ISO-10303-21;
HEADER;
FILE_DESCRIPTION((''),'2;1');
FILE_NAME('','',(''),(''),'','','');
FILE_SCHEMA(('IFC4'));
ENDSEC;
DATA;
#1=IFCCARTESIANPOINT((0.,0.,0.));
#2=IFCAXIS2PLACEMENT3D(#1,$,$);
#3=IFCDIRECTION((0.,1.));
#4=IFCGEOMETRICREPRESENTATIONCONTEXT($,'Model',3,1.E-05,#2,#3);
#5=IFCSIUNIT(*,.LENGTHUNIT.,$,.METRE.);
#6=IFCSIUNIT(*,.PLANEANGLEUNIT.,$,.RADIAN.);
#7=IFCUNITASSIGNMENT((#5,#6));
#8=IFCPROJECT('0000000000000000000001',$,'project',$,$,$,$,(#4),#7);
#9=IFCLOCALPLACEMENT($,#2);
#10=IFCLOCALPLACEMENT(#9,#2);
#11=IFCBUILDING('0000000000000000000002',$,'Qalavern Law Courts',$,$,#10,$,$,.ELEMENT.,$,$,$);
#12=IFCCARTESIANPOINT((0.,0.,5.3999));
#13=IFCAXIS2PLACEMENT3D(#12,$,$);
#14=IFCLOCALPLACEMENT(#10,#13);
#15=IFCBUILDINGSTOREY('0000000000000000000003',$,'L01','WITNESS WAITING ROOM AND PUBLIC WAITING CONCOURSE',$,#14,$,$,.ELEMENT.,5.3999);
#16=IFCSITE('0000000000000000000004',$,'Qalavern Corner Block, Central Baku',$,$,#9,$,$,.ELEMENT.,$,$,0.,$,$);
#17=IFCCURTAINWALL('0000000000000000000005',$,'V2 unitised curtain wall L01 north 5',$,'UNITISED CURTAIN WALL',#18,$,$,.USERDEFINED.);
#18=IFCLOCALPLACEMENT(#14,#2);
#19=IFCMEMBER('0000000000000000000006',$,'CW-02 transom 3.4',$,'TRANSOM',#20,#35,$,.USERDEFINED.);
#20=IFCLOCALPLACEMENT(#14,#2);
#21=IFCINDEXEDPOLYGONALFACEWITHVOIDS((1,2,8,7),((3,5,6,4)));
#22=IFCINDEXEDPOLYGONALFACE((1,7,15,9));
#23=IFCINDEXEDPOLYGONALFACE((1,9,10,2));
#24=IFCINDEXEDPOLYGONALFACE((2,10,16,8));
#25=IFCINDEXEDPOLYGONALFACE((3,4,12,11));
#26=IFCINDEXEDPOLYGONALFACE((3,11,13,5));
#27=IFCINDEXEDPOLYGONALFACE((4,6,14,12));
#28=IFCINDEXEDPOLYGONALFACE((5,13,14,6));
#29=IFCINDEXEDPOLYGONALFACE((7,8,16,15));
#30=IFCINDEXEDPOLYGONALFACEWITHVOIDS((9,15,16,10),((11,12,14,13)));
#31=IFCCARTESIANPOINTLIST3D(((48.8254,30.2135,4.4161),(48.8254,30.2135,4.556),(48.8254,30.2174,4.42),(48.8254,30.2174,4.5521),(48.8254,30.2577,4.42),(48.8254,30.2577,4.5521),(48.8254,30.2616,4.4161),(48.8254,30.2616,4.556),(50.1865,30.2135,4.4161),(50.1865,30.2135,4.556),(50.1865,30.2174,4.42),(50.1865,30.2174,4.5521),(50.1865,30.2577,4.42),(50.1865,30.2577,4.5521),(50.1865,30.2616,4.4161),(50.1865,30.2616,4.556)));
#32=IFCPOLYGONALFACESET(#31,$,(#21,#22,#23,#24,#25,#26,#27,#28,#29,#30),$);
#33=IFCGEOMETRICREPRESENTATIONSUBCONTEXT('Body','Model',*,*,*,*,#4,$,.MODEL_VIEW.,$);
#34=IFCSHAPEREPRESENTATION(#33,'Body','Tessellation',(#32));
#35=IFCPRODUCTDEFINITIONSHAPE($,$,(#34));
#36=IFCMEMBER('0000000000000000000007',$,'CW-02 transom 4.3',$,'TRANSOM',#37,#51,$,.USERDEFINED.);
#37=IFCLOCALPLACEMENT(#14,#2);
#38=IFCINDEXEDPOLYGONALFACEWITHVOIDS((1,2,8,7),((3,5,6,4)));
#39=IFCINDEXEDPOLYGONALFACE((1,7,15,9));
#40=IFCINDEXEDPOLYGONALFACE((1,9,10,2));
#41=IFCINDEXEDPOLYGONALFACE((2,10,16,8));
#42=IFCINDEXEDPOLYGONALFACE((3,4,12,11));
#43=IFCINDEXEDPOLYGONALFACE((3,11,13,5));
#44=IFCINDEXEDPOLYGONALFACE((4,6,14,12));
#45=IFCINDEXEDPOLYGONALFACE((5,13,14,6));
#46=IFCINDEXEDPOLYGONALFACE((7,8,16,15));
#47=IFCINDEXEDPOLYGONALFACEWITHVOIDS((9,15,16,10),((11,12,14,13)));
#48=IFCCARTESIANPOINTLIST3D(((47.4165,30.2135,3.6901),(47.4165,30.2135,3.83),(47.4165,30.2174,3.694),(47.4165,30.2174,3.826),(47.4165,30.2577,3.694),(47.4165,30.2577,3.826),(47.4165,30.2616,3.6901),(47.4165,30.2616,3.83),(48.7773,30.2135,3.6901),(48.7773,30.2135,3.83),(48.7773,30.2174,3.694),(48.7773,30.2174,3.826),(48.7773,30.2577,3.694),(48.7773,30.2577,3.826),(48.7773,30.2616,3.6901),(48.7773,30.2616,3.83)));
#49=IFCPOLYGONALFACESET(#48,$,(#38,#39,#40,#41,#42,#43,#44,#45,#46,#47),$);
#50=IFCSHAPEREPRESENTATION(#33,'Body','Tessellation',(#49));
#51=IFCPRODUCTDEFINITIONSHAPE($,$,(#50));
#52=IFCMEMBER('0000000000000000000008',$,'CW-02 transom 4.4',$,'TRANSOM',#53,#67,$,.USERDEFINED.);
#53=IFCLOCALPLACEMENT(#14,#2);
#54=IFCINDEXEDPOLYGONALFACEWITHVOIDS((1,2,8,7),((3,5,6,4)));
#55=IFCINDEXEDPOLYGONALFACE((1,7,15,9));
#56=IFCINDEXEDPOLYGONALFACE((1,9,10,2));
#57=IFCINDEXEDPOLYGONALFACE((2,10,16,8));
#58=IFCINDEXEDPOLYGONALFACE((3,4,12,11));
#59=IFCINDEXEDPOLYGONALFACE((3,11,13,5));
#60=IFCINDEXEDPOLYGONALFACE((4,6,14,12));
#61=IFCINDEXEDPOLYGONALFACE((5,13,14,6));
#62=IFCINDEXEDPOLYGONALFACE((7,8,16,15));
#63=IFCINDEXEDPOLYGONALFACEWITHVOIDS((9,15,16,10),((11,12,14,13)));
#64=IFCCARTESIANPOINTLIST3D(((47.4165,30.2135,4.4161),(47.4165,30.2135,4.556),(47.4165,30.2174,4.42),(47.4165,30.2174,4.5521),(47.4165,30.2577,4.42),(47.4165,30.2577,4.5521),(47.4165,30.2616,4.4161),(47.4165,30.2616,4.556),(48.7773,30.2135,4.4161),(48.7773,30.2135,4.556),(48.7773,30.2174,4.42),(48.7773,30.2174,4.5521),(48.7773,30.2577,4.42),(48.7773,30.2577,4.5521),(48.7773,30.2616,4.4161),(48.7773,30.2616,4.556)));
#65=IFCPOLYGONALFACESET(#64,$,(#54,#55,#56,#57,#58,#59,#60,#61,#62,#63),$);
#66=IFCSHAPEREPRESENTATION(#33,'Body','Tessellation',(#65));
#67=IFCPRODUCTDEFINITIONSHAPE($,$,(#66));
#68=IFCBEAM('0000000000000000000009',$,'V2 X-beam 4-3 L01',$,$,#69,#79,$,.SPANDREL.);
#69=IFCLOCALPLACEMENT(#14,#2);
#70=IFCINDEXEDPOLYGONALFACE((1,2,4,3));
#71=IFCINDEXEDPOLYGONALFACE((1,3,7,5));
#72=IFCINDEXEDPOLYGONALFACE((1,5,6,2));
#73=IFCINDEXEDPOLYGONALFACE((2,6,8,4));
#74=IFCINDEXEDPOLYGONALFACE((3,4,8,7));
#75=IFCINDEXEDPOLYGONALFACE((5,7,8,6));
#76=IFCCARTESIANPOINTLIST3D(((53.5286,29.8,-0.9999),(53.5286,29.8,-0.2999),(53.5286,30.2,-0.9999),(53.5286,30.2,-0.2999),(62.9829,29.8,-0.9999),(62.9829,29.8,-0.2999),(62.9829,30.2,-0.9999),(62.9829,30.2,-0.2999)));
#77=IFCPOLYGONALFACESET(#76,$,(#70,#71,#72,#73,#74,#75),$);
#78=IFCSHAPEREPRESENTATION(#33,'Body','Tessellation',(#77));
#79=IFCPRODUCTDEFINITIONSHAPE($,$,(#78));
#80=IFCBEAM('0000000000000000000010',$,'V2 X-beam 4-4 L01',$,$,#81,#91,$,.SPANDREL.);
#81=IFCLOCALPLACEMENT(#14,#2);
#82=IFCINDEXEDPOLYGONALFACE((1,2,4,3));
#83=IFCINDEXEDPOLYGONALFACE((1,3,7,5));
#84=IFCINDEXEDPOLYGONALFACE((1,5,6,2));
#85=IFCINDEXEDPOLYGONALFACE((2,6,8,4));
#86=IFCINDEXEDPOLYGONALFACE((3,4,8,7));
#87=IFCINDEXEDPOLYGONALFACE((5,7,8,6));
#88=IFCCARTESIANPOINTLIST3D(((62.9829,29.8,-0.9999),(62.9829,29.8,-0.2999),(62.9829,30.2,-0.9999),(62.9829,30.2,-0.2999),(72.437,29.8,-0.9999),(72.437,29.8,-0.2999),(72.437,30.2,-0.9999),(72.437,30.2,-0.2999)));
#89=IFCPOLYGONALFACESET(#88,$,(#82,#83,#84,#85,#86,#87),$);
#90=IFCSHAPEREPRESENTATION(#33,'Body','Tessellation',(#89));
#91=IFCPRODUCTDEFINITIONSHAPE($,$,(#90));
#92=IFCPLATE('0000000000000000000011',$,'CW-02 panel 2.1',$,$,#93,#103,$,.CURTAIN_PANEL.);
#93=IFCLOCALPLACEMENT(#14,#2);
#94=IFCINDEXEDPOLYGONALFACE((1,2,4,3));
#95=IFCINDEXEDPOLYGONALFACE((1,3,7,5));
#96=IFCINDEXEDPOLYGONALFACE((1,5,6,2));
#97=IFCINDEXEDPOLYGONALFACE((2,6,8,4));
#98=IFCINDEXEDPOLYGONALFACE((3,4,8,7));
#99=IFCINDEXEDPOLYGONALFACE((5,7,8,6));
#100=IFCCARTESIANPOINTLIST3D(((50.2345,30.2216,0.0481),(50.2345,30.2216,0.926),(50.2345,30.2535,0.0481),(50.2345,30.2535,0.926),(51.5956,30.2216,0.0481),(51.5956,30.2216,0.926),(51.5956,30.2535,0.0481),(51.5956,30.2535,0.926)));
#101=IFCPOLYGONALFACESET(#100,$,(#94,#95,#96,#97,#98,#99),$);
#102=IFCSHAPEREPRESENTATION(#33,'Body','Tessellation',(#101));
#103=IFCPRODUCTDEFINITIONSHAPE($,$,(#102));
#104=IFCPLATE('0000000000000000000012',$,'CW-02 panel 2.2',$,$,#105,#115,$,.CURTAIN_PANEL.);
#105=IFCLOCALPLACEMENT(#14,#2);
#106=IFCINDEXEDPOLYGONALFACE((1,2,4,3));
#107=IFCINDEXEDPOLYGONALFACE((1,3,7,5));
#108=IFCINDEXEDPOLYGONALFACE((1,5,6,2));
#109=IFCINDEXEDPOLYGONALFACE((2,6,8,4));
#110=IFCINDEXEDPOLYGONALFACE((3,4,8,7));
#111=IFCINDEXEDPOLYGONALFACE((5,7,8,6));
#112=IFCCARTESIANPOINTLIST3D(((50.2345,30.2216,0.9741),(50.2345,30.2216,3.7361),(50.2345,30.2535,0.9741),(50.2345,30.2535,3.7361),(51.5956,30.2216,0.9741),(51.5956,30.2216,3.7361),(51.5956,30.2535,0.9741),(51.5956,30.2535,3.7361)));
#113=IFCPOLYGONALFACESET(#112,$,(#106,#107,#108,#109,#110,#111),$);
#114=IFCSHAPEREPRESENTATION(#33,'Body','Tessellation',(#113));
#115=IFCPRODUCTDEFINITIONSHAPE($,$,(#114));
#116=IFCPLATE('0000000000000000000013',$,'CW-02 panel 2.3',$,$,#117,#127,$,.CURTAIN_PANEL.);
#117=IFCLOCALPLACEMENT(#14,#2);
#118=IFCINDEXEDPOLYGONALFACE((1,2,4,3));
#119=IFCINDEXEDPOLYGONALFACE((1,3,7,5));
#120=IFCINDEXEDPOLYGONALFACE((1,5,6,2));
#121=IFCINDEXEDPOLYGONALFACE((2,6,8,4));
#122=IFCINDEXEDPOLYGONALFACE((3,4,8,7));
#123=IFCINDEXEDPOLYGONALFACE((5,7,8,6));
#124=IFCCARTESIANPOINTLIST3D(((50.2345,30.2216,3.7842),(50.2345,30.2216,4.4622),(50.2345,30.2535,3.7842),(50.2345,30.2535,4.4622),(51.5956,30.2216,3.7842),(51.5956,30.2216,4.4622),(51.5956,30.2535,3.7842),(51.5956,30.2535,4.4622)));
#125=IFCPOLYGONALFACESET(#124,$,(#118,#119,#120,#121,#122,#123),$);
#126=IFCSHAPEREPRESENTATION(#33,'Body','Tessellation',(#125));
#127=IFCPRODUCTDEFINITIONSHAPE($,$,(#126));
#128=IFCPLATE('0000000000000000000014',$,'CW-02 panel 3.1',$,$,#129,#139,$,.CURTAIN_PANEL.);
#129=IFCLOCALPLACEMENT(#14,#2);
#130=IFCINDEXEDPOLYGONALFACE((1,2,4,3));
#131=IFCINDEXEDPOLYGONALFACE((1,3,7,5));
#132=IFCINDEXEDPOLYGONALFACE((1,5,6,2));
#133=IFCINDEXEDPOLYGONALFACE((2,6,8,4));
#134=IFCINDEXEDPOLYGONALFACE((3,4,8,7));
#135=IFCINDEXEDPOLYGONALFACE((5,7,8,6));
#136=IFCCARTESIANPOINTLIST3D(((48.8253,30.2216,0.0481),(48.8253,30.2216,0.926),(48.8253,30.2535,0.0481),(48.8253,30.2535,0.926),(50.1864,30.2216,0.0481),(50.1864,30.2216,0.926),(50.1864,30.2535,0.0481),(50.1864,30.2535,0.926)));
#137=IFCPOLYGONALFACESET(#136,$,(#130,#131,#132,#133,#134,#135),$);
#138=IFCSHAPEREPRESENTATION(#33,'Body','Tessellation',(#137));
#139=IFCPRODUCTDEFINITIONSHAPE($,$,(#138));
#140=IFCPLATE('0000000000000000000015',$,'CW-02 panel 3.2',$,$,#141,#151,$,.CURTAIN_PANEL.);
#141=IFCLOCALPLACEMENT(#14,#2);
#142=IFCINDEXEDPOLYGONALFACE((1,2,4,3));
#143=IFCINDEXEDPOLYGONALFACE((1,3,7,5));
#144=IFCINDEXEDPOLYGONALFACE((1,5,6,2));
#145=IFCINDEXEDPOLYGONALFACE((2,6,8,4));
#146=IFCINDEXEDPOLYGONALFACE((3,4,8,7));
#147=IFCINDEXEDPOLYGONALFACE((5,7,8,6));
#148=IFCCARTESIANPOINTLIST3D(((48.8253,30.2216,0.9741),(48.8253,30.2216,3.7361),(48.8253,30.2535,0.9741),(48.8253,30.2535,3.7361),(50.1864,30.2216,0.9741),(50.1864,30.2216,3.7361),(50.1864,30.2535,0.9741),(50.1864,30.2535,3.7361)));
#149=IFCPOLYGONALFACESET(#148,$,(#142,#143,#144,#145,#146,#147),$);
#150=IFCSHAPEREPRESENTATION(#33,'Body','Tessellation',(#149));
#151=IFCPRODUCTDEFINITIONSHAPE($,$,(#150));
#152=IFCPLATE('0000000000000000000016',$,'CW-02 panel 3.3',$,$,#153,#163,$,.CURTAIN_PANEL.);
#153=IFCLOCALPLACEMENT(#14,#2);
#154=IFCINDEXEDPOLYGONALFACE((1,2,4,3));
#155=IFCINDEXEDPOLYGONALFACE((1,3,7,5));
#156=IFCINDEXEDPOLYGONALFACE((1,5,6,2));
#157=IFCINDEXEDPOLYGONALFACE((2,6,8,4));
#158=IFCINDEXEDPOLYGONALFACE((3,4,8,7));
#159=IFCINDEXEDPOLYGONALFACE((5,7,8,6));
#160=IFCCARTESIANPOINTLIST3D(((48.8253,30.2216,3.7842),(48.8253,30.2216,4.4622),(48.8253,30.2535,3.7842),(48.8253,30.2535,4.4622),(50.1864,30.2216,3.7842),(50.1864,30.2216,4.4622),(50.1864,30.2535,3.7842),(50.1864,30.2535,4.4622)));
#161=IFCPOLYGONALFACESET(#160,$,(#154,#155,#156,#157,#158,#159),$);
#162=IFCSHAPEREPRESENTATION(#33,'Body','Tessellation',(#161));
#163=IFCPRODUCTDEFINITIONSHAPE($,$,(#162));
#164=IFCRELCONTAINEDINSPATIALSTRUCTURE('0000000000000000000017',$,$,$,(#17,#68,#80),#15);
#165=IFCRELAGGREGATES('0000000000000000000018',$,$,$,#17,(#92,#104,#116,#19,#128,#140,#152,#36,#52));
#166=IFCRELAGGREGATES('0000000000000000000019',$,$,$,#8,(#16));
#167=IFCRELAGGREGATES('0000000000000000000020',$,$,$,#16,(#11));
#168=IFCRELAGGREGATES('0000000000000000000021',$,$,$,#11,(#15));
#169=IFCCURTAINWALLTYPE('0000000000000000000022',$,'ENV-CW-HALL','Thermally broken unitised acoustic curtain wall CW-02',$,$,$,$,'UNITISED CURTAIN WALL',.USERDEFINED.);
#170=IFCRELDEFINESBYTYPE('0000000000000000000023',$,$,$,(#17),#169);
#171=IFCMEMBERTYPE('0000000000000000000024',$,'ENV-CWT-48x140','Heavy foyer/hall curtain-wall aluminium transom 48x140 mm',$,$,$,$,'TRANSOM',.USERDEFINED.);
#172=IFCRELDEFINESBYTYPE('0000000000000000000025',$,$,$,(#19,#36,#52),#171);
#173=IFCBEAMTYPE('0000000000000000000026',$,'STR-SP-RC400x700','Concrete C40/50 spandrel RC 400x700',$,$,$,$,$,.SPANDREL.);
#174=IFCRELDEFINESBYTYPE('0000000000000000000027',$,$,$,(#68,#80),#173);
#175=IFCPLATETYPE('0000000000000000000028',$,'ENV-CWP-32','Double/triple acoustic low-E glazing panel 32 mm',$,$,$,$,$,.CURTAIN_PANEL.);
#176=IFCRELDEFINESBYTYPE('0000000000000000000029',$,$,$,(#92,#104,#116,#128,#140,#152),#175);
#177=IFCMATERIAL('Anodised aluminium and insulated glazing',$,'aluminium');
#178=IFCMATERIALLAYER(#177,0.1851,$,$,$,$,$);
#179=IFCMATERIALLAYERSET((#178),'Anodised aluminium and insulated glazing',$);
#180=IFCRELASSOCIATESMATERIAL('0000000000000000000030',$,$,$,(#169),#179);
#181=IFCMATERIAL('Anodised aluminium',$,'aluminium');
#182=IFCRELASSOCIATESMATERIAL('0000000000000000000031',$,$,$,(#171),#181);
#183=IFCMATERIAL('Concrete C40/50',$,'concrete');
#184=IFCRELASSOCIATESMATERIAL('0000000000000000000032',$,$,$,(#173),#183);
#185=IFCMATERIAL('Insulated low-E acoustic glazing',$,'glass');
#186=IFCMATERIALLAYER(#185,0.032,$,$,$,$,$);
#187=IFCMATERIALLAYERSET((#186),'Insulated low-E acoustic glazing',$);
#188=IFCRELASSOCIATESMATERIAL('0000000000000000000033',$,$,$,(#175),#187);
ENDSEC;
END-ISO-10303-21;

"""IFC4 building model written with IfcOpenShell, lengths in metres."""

from ifc_helpers import new_model, si_unit, direction, frame, origin, origin_2d, place, context, subcontext, project, spatial, rectangle, hollow_rectangle, extrude, material, layer, layer_set, material_profile, profile_set, type_object, element, aggregate, save


model = new_model("IFC4")

# Units and contexts
model_context = context("Model", 3, precision=1e-05, world=origin(), true_north=direction((0.0, 1.0)))
body_context = subcontext(model_context, "Body", "Model", "MODEL_VIEW")
ifc_project = project(units=[si_unit("LENGTHUNIT", "METRE"), si_unit("PLANEANGLEUNIT", "RADIAN")], contexts=[model_context])

# Site, building, storey
site_placement = place(None, origin())
site = spatial("IfcSite", under=ifc_project, at=site_placement, Name="Qalavern Corner Block, Central Baku", CompositionType="ELEMENT", RefElevation=0.0)
building_placement = place(site_placement, origin())
building = spatial("IfcBuilding", under=site, at=building_placement, Name="Qalavern Law Courts", CompositionType="ELEMENT")
storey_placement = place(building_placement, frame((0.0, 0.0, 5.3999)))
storey = spatial("IfcBuildingStorey", under=building, at=storey_placement, Name="L01", Description="WITNESS WAITING ROOM AND PUBLIC WAITING CONCOURSE", CompositionType="ELEMENT", Elevation=5.3999)

# Curtain wall, members
ifc_material_1 = material(Name="Anodised aluminium and insulated glazing", Category="aluminium")
ifc_layer_1 = layer(ifc_material_1, 0.1851)
ifc_layer_set_1 = layer_set([ifc_layer_1], Name="Anodised aluminium and insulated glazing")
curtain_wall_type = type_object("IfcCurtainWallType", Name="ENV-CW-HALL", Description="Thermally broken unitised acoustic curtain wall CW-02", ElementType="UNITISED CURTAIN WALL", PredefinedType="USERDEFINED", material=ifc_layer_set_1)
curtain_wall_placement = place(storey_placement, origin())
curtain_wall = element("IfcCurtainWall", 1, at=curtain_wall_placement, inside=storey, type_object=curtain_wall_type, Name="V2 unitised curtain wall L01 north 5", ObjectType="UNITISED CURTAIN WALL", PredefinedType="USERDEFINED")
ifc_material_2 = material(Name="Anodised aluminium", Category="aluminium")
ifc_material_profile_1 = material_profile(ifc_material_2, hollow_rectangle(XDim=0.0481, YDim=0.1399, WallThickness=0.0039, at=origin_2d()), Name="ALU TRANSOM 48x140")
ifc_profile_set_1 = profile_set([ifc_material_profile_1], Name="Anodised aluminium")
member_type_1 = type_object("IfcMemberType", Name="ENV-CWT-48x140", Description="Heavy foyer/hall curtain-wall aluminium transom 48x140 mm", ElementType="TRANSOM", PredefinedType="USERDEFINED", material=ifc_profile_set_1)
member_1_placement = place(storey_placement, frame((50.1865, 30.2375, 4.4861), z_axis=(-1.0, 0.0, 0.0), x_axis=(0.0, -1.0, 0.0)))
member_1 = element("IfcMember", 2, at=member_1_placement, type_object=member_type_1, Name="CW-02 transom 3.4", ObjectType="TRANSOM", PredefinedType="USERDEFINED", context=body_context, shape_type="SweptSolid", body=[
    extrude(hollow_rectangle(XDim=0.0481, YDim=0.1399, WallThickness=0.0039, at=origin_2d()), origin(), (0.0, 0.0, 1.0), 1.3611),
])
member_2_placement = place(storey_placement, frame((48.7773, 30.2375, 3.76), z_axis=(-1.0, 0.0, 0.0), x_axis=(0.0, -1.0, 0.0)))
member_2 = element("IfcMember", 3, at=member_2_placement, type_object=member_type_1, Name="CW-02 transom 4.3", ObjectType="TRANSOM", PredefinedType="USERDEFINED", context=body_context, shape_type="SweptSolid", body=[
    extrude(hollow_rectangle(XDim=0.0481, YDim=0.1399, WallThickness=0.0039, at=origin_2d()), origin(), (0.0, 0.0, 1.0), 1.3608),
])
member_3_placement = place(storey_placement, frame((48.7773, 30.2375, 4.4861), z_axis=(-1.0, 0.0, 0.0), x_axis=(0.0, -1.0, 0.0)))
member_3 = element("IfcMember", 4, at=member_3_placement, type_object=member_type_1, Name="CW-02 transom 4.4", ObjectType="TRANSOM", PredefinedType="USERDEFINED", context=body_context, shape_type="SweptSolid", body=[
    extrude(hollow_rectangle(XDim=0.0481, YDim=0.1399, WallThickness=0.0039, at=origin_2d()), origin(), (0.0, 0.0, 1.0), 1.3608),
])

# Beams
ifc_material_3 = material(Name="Concrete C40/50", Category="concrete")
ifc_material_profile_2 = material_profile(ifc_material_3, rectangle(XDim=0.3999, YDim=0.7, at=origin_2d()), Name="RC 400x700")
ifc_profile_set_2 = profile_set([ifc_material_profile_2], Name="Concrete C40/50")
beam_type = type_object("IfcBeamType", Name="STR-SP-RC400x700", Description="Concrete C40/50 spandrel RC 400x700", PredefinedType="SPANDREL", material=ifc_profile_set_2)
beam_1_placement = place(storey_placement, frame((53.5286, 30.0, -0.6499), z_axis=(1.0, 0.0, 0.0), x_axis=(0.0, 1.0, 0.0)))
element("IfcBeam", 5, at=beam_1_placement, inside=storey, type_object=beam_type, Name="V2 X-beam 4-3 L01", PredefinedType="SPANDREL", context=body_context, shape_type="SweptSolid", body=[
    extrude(rectangle(XDim=0.3999, YDim=0.7, at=origin_2d()), origin(), (0.0, 0.0, 1.0), 9.4543),
])
beam_2_placement = place(storey_placement, frame((62.9829, 30.0, -0.6499), z_axis=(1.0, 0.0, 0.0), x_axis=(0.0, 1.0, 0.0)))
element("IfcBeam", 6, at=beam_2_placement, inside=storey, type_object=beam_type, Name="V2 X-beam 4-4 L01", PredefinedType="SPANDREL", context=body_context, shape_type="SweptSolid", body=[
    extrude(rectangle(XDim=0.3999, YDim=0.7, at=origin_2d()), origin(), (0.0, 0.0, 1.0), 9.4541),
])

# Plates
ifc_material_4 = material(Name="Insulated low-E acoustic glazing", Category="glass")
ifc_layer_2 = layer(ifc_material_4, 0.032)
ifc_layer_set_2 = layer_set([ifc_layer_2], Name="Insulated low-E acoustic glazing")
plate_type = type_object("IfcPlateType", Name="ENV-CWP-32", Description="Double/triple acoustic low-E glazing panel 32 mm", PredefinedType="CURTAIN_PANEL", material=ifc_layer_set_2)
plate_1_placement = place(storey_placement, frame((50.915, 30.2375, 0.0481), z_axis=(0.0, 0.0, 1.0), x_axis=(-1.0, 0.0, 0.0)))
plate_1 = element("IfcPlate", 7, at=plate_1_placement, type_object=plate_type, Name="CW-02 panel 2.1", PredefinedType="CURTAIN_PANEL", context=body_context, shape_type="SweptSolid", body=[
    extrude(rectangle(XDim=1.3611, YDim=0.032, at=origin_2d()), origin(), (0.0, 0.0, 1.0), 0.8779),
])
plate_2_placement = place(storey_placement, frame((50.915, 30.2375, 0.9741), z_axis=(0.0, 0.0, 1.0), x_axis=(-1.0, 0.0, 0.0)))
plate_2 = element("IfcPlate", 8, at=plate_2_placement, type_object=plate_type, Name="CW-02 panel 2.2", PredefinedType="CURTAIN_PANEL", context=body_context, shape_type="SweptSolid", body=[
    extrude(rectangle(XDim=1.3611, YDim=0.032, at=origin_2d()), origin(), (0.0, 0.0, 1.0), 2.762),
])
plate_3_placement = place(storey_placement, frame((50.915, 30.2375, 3.7842), z_axis=(0.0, 0.0, 1.0), x_axis=(-1.0, 0.0, 0.0)))
plate_3 = element("IfcPlate", 9, at=plate_3_placement, type_object=plate_type, Name="CW-02 panel 2.3", PredefinedType="CURTAIN_PANEL", context=body_context, shape_type="SweptSolid", body=[
    extrude(rectangle(XDim=1.3611, YDim=0.032, at=origin_2d()), origin(), (0.0, 0.0, 1.0), 0.678),
])
plate_4_placement = place(storey_placement, frame((49.5059, 30.2375, 0.0481), z_axis=(0.0, 0.0, 1.0), x_axis=(-1.0, 0.0, 0.0)))
plate_4 = element("IfcPlate", 10, at=plate_4_placement, type_object=plate_type, Name="CW-02 panel 3.1", PredefinedType="CURTAIN_PANEL", context=body_context, shape_type="SweptSolid", body=[
    extrude(rectangle(XDim=1.3611, YDim=0.032, at=origin_2d()), origin(), (0.0, 0.0, 1.0), 0.8779),
])
plate_5_placement = place(storey_placement, frame((49.5059, 30.2375, 0.9741), z_axis=(0.0, 0.0, 1.0), x_axis=(-1.0, 0.0, 0.0)))
plate_5 = element("IfcPlate", 11, at=plate_5_placement, type_object=plate_type, Name="CW-02 panel 3.2", PredefinedType="CURTAIN_PANEL", context=body_context, shape_type="SweptSolid", body=[
    extrude(rectangle(XDim=1.3611, YDim=0.032, at=origin_2d()), origin(), (0.0, 0.0, 1.0), 2.762),
])
plate_6_placement = place(storey_placement, frame((49.5059, 30.2375, 3.7842), z_axis=(0.0, 0.0, 1.0), x_axis=(-1.0, 0.0, 0.0)))
plate_6 = element("IfcPlate", 12, at=plate_6_placement, type_object=plate_type, Name="CW-02 panel 3.3", PredefinedType="CURTAIN_PANEL", context=body_context, shape_type="SweptSolid", body=[
    extrude(rectangle(XDim=1.3611, YDim=0.032, at=origin_2d()), origin(), (0.0, 0.0, 1.0), 0.678),
])
aggregate(curtain_wall, [plate_1, plate_2, plate_3, member_1, plate_4, plate_5, plate_6, member_2, member_3])

save(model, "model.ifc")
